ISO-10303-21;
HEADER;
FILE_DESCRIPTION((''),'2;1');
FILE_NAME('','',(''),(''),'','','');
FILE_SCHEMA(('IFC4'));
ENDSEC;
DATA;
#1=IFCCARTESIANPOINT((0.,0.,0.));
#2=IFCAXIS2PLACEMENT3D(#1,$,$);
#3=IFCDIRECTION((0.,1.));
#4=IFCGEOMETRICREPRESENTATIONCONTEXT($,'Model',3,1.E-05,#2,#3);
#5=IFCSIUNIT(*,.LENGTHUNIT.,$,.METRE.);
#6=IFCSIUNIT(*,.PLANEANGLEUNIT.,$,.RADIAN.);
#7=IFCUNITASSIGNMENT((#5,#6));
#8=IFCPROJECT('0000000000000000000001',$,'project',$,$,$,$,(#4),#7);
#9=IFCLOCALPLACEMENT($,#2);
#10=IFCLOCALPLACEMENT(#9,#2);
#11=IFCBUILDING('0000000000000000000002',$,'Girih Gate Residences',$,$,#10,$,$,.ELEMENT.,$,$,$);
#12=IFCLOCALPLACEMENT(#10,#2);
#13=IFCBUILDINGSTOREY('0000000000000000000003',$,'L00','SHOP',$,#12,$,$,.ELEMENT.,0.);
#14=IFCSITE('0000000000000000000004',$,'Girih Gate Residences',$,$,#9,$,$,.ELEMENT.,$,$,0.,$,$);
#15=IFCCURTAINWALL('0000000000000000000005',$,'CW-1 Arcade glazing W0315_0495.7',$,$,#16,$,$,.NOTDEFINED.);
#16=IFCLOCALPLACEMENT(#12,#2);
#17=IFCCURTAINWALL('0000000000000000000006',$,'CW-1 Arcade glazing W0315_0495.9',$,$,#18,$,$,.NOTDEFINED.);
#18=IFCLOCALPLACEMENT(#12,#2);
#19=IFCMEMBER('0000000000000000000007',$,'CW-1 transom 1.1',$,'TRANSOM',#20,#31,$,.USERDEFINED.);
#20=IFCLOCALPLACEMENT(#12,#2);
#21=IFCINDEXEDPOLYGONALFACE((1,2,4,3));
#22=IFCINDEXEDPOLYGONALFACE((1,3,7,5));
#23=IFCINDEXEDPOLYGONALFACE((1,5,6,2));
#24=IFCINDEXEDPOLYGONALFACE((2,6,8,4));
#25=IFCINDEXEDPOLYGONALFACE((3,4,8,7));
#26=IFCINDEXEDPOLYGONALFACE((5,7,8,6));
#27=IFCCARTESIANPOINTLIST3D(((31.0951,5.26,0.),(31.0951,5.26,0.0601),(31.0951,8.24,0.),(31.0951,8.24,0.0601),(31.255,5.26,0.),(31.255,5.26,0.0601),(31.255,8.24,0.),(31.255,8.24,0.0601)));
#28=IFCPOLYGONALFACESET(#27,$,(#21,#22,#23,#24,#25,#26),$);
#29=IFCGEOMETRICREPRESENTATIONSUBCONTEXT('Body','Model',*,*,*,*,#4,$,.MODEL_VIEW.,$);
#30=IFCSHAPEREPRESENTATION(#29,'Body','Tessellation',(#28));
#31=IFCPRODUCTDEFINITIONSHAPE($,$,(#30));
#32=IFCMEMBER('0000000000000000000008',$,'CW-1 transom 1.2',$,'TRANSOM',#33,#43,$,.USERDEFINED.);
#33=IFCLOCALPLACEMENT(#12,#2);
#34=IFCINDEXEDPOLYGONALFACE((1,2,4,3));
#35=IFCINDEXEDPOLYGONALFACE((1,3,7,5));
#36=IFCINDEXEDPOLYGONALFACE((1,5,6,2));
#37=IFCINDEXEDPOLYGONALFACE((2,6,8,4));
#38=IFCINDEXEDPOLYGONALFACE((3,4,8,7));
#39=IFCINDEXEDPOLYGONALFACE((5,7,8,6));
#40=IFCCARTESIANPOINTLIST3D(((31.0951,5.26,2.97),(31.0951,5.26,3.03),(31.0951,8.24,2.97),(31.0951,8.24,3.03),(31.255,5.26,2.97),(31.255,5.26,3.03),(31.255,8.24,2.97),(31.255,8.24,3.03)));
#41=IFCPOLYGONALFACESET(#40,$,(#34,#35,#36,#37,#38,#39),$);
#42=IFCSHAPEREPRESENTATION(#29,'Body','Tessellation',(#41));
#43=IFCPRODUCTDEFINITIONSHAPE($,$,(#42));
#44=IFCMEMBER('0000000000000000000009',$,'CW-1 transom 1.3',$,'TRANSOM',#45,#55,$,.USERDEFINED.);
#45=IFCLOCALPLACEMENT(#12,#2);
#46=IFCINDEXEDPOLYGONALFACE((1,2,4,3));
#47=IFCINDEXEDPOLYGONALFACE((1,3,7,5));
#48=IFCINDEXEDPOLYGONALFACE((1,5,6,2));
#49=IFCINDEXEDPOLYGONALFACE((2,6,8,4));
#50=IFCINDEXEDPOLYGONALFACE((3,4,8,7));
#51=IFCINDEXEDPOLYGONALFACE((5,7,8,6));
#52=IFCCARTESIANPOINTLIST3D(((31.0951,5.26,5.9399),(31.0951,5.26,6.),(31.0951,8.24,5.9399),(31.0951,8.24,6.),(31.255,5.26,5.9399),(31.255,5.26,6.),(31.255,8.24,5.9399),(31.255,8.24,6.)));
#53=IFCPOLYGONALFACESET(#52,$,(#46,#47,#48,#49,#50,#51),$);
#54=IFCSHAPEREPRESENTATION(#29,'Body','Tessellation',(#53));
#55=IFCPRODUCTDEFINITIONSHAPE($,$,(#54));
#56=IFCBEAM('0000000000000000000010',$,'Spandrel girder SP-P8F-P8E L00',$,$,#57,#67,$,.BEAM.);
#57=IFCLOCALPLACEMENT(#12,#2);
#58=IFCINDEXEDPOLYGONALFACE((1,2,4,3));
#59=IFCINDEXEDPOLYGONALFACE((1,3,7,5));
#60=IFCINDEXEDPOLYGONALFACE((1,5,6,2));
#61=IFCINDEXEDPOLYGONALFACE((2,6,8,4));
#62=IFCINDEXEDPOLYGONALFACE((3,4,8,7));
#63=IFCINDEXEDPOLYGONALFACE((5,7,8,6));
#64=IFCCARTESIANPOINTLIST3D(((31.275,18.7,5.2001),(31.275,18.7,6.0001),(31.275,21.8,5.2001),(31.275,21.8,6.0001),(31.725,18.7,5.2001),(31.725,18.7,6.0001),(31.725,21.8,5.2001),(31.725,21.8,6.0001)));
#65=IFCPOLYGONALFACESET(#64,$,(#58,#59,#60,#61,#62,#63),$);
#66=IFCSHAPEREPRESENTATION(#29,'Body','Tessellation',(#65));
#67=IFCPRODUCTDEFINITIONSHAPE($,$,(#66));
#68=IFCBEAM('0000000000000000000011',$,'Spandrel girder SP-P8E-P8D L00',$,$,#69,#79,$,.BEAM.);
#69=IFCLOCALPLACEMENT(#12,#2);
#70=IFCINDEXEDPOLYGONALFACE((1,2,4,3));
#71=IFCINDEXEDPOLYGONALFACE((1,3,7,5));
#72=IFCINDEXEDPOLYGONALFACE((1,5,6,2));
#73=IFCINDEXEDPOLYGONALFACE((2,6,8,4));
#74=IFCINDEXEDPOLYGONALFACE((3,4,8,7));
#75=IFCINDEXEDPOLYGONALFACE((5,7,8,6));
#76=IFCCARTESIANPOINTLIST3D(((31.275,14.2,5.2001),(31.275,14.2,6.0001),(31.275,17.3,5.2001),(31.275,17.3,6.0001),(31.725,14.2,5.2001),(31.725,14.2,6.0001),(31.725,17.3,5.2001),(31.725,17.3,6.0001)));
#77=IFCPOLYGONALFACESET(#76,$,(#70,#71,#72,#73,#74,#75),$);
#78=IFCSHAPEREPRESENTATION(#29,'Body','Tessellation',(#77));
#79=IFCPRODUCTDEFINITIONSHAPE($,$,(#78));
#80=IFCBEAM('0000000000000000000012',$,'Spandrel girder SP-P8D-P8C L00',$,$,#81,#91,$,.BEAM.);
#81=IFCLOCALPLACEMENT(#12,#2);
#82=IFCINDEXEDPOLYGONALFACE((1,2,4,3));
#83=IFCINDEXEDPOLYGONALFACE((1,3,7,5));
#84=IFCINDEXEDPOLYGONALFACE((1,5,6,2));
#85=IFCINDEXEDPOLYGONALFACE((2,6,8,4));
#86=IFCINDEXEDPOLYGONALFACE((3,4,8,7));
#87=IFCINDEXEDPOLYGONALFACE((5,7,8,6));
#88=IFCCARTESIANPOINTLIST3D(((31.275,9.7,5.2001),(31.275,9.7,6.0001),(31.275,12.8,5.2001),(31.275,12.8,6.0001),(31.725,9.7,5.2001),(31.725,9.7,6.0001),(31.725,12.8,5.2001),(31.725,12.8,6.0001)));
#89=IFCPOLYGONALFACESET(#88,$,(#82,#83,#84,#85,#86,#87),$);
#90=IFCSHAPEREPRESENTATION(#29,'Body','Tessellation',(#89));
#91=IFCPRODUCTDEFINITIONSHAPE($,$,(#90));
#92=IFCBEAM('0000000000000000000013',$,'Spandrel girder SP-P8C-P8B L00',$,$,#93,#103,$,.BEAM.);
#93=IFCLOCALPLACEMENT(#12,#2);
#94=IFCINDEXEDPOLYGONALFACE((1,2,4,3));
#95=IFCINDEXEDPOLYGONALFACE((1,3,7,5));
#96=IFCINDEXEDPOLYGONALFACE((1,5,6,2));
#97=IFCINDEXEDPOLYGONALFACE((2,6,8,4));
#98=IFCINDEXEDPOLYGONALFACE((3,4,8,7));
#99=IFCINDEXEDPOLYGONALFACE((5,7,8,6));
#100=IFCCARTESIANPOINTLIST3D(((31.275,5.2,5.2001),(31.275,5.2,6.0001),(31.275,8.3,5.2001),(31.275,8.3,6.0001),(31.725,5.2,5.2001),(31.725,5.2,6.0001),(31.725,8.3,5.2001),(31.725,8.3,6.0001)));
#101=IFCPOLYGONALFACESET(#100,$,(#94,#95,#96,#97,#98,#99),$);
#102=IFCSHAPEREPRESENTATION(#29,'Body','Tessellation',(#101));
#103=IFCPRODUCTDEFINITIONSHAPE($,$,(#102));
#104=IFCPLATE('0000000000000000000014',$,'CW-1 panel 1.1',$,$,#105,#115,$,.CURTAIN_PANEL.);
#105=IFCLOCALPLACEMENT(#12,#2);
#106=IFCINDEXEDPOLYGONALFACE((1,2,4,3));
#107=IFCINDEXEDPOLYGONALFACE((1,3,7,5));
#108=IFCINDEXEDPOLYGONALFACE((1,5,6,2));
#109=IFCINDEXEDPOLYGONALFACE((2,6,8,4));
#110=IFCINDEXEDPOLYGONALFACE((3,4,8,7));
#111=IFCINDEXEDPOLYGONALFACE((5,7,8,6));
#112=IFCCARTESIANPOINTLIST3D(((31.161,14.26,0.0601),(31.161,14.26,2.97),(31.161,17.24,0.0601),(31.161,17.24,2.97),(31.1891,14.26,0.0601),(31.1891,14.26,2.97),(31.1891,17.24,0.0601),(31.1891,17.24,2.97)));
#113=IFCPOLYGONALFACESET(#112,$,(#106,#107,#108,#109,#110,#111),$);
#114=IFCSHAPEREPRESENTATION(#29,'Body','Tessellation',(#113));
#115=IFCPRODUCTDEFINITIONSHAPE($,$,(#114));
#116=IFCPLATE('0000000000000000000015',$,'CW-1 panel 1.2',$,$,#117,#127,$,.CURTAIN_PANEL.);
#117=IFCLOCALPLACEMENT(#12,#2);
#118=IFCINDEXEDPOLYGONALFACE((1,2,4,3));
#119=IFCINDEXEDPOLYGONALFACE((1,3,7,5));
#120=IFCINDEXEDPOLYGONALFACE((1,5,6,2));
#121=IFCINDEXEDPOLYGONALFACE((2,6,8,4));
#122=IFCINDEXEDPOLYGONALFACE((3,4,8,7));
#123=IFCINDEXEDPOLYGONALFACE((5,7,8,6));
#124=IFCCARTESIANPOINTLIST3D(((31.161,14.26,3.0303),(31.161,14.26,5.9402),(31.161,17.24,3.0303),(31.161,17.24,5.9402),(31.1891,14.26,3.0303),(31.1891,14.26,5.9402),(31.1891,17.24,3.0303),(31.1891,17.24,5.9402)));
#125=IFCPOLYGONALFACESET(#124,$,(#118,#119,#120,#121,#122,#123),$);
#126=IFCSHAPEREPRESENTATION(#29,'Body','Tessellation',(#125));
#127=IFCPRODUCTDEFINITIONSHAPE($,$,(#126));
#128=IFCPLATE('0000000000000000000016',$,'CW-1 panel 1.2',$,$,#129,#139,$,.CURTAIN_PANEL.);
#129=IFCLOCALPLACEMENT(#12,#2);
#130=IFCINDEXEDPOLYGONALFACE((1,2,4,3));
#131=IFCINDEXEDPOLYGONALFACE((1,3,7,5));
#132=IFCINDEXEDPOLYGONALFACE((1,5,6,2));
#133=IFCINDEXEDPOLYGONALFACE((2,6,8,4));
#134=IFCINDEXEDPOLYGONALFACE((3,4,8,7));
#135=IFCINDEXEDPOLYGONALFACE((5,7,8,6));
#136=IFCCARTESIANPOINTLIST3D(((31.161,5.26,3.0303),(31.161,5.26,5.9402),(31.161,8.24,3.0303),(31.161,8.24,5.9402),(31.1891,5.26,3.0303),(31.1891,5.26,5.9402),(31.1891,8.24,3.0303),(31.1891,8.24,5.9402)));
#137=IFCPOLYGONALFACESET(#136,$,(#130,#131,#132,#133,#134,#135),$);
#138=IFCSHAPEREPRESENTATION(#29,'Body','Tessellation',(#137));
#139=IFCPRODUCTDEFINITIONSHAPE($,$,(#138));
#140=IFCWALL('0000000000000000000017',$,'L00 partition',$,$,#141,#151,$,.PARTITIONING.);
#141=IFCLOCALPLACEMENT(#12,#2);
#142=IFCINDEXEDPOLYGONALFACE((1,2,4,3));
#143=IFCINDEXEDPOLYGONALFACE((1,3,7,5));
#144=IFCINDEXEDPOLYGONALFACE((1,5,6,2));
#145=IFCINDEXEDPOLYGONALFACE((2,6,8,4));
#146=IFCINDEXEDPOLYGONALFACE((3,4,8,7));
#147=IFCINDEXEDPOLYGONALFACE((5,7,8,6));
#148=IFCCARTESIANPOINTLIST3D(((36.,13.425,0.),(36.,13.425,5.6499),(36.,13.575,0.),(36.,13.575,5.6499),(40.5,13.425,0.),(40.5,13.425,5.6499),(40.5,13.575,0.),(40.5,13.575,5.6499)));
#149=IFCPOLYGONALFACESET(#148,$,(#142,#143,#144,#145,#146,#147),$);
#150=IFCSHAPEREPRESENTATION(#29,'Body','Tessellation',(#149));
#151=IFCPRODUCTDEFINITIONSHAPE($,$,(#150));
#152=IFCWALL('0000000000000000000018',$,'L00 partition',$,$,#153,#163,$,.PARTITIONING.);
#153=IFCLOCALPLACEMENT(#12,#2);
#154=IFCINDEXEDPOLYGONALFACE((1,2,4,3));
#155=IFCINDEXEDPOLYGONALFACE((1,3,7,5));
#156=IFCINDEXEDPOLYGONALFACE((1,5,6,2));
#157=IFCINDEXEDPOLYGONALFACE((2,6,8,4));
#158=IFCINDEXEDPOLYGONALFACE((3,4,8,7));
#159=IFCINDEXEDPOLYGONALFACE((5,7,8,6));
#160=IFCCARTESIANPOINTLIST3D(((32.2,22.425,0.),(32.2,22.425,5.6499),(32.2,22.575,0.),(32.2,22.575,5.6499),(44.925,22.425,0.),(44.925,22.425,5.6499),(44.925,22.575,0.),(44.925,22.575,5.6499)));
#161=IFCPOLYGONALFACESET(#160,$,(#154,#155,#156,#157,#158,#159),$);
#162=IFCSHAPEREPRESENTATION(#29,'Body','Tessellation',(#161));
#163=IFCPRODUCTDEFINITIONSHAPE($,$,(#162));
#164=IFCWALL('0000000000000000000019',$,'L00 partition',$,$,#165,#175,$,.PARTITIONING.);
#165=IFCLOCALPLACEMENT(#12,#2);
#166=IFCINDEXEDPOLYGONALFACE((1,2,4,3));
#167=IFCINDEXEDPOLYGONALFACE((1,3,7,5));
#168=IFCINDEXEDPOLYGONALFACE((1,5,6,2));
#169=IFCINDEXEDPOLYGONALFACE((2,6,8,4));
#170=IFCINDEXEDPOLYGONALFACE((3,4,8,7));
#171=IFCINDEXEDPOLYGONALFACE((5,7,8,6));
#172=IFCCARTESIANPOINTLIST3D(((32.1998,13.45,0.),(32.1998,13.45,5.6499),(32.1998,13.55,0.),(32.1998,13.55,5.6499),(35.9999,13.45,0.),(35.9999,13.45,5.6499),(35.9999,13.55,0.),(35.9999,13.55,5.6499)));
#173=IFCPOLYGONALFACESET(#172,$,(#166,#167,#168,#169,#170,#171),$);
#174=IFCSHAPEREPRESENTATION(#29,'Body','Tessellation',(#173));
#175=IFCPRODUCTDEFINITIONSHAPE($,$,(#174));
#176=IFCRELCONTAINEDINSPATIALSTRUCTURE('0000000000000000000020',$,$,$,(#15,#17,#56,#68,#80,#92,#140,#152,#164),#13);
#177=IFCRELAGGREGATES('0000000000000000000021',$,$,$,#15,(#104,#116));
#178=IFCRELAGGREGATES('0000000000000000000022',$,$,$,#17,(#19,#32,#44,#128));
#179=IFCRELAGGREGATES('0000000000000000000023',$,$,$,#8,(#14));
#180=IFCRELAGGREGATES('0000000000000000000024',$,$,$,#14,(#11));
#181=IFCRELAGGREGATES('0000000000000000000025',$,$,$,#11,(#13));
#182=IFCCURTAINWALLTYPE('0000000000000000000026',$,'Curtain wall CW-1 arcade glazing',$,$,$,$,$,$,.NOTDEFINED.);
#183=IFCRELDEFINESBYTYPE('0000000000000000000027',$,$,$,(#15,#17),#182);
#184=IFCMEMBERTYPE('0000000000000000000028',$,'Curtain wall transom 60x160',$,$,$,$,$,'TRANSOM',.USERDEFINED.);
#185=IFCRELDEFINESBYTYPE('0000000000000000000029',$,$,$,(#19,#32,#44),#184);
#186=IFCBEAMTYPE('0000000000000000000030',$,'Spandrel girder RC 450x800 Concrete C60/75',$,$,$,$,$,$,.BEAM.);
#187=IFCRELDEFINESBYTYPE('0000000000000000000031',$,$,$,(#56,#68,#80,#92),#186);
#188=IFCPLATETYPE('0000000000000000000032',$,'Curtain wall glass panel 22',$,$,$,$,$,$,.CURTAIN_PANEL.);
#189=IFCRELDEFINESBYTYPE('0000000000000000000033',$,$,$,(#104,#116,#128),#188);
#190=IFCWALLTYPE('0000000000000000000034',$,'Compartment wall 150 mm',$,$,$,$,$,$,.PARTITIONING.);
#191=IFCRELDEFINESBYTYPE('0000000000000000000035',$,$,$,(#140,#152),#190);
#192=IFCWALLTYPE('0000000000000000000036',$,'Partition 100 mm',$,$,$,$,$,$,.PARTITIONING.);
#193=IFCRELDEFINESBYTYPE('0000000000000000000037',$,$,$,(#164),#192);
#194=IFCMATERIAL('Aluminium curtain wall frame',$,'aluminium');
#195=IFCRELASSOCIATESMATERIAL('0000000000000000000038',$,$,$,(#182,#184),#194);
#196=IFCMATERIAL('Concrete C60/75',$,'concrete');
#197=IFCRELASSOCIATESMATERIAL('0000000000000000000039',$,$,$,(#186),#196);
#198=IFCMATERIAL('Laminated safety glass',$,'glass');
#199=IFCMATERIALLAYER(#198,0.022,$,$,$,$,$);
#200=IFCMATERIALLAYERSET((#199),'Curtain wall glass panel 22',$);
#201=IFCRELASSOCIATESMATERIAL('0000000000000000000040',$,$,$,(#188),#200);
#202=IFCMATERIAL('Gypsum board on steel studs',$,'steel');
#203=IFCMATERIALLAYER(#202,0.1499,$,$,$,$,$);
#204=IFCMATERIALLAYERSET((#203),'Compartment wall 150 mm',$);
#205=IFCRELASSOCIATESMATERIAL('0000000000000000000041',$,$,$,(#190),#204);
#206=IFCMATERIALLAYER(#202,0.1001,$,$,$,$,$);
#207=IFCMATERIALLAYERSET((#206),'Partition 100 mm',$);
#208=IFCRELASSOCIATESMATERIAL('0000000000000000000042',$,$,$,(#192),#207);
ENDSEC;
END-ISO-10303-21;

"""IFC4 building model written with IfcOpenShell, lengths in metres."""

from ifc_helpers import new_model, si_unit, direction, frame, frame_2d, origin, origin_2d, place, context, subcontext, project, spatial, rectangle, extrude, material, layer, layer_set, material_profile, profile_set, type_object, element, aggregate, save


model = new_model("IFC4")

# Units and contexts
model_context = context("Model", 3, precision=1e-05, world=origin(), true_north=direction((0.0, 1.0)))
body_context = subcontext(model_context, "Body", "Model", "MODEL_VIEW")
ifc_project = project(units=[si_unit("LENGTHUNIT", "METRE"), si_unit("PLANEANGLEUNIT", "RADIAN")], contexts=[model_context])

# Site, building, storey
site_placement = place(None, origin())
site = spatial("IfcSite", under=ifc_project, at=site_placement, Name="Girih Gate Residences", CompositionType="ELEMENT", RefElevation=0.0)
building_placement = place(site_placement, origin())
building = spatial("IfcBuilding", under=site, at=building_placement, Name="Girih Gate Residences", CompositionType="ELEMENT")
storey_placement = place(building_placement, origin())
storey = spatial("IfcBuildingStorey", under=building, at=storey_placement, Name="L00", Description="SHOP", CompositionType="ELEMENT", Elevation=0.0)

# Curtain wall
ifc_material_1 = material(Name="Aluminium curtain wall frame", Category="aluminium")
curtain_wall_type = type_object("IfcCurtainWallType", Name="Curtain wall CW-1 arcade glazing", PredefinedType="NOTDEFINED", material=ifc_material_1)
curtain_wall_1_placement = place(storey_placement, origin())
curtain_wall_1 = element("IfcCurtainWall", 1, at=curtain_wall_1_placement, inside=storey, type_object=curtain_wall_type, Name="CW-1 Arcade glazing W0315_0495.7", PredefinedType="NOTDEFINED")

# Curtain wall
curtain_wall_2_placement = place(storey_placement, origin())
curtain_wall_2 = element("IfcCurtainWall", 2, at=curtain_wall_2_placement, inside=storey, type_object=curtain_wall_type, Name="CW-1 Arcade glazing W0315_0495.9", PredefinedType="NOTDEFINED")

# Members
ifc_material_profile_1 = material_profile(ifc_material_1, rectangle(XDim=0.1599, YDim=0.0601, at=origin_2d()))
ifc_profile_set_1 = profile_set([ifc_material_profile_1], Name="Aluminium curtain wall frame")
member_type_1 = type_object("IfcMemberType", Name="Curtain wall transom 60x160", ElementType="TRANSOM", PredefinedType="USERDEFINED", material=ifc_profile_set_1)
member_1_placement = place(storey_placement, frame((31.175, 8.24, 0.03), z_axis=(0.0, -1.0, 0.0), x_axis=(1.0, 0.0, 0.0)))
member_1 = element("IfcMember", 3, at=member_1_placement, type_object=member_type_1, Name="CW-1 transom 1.1", ObjectType="TRANSOM", PredefinedType="USERDEFINED", context=body_context, shape_type="SweptSolid", body=[
    extrude(rectangle(XDim=0.1599, YDim=0.0601, at=origin_2d()), origin(), (0.0, 0.0, 1.0), 2.98),
])
member_2_placement = place(storey_placement, frame((31.175, 8.24, 3.0), z_axis=(0.0, -1.0, 0.0), x_axis=(1.0, 0.0, 0.0)))
member_2 = element("IfcMember", 4, at=member_2_placement, type_object=member_type_1, Name="CW-1 transom 1.2", ObjectType="TRANSOM", PredefinedType="USERDEFINED", context=body_context, shape_type="SweptSolid", body=[
    extrude(rectangle(XDim=0.1599, YDim=0.0601, at=origin_2d()), origin(), (0.0, 0.0, 1.0), 2.98),
])
member_3_placement = place(storey_placement, frame((31.175, 8.24, 5.97), z_axis=(0.0, -1.0, 0.0), x_axis=(1.0, 0.0, 0.0)))
member_3 = element("IfcMember", 5, at=member_3_placement, type_object=member_type_1, Name="CW-1 transom 1.3", ObjectType="TRANSOM", PredefinedType="USERDEFINED", context=body_context, shape_type="SweptSolid", body=[
    extrude(rectangle(XDim=0.1599, YDim=0.0601, at=origin_2d()), origin(), (0.0, 0.0, 1.0), 2.98),
])

# Beams
ifc_material_2 = material(Name="Concrete C60/75", Category="concrete")
ifc_material_profile_2 = material_profile(ifc_material_2, rectangle(XDim=0.45, YDim=0.8, at=origin_2d()))
ifc_profile_set_2 = profile_set([ifc_material_profile_2], Name="Concrete C60/75")
beam_type = type_object("IfcBeamType", Name="Spandrel girder RC 450x800 Concrete C60/75", PredefinedType="BEAM", material=ifc_profile_set_2)
for number, where, z_axis, x_axis, name in (
    (6, (31.5, 21.8, 5.6001), (0.0, -1.0, 0.0), (1.0, 0.0, 0.0), "Spandrel girder SP-P8F-P8E L00"),
    (7, (31.5, 17.3, 5.6001), (0.0, -1.0, 0.0), (1.0, 0.0, 0.0), "Spandrel girder SP-P8E-P8D L00"),
    (8, (31.5, 12.8, 5.6001), (0.0, -1.0, 0.0), (1.0, 0.0, 0.0), "Spandrel girder SP-P8D-P8C L00"),
    (9, (31.5, 8.3, 5.6001), (0.0, -1.0, 0.0), (1.0, 0.0, 0.0), "Spandrel girder SP-P8C-P8B L00"),
):
    element("IfcBeam", number, at=place(storey_placement, frame(where, z_axis=z_axis, x_axis=x_axis)), inside=storey, type_object=beam_type, Name=name, PredefinedType="BEAM", context=body_context, shape_type="SweptSolid", body=[
        extrude(rectangle(XDim=0.45, YDim=0.8, at=origin_2d()), origin(), (0.0, 0.0, 1.0), 3.1001),
    ])

# Plates
ifc_material_3 = material(Name="Laminated safety glass", Category="glass")
ifc_layer_1 = layer(ifc_material_3, 0.022)
ifc_layer_set_1 = layer_set([ifc_layer_1], Name="Curtain wall glass panel 22")
plate_type = type_object("IfcPlateType", Name="Curtain wall glass panel 22", PredefinedType="CURTAIN_PANEL", material=ifc_layer_set_1)
plate_1_placement = place(storey_placement, frame((31.175, 15.75, 0.0601), z_axis=(0.0, 0.0, 1.0), x_axis=(0.0, -1.0, 0.0)))
plate_1 = element("IfcPlate", 10, at=plate_1_placement, type_object=plate_type, Name="CW-1 panel 1.1", PredefinedType="CURTAIN_PANEL", context=body_context, shape_type="SweptSolid", body=[
    extrude(rectangle(XDim=2.98, YDim=0.0281, at=origin_2d()), origin(), (0.0, 0.0, 1.0), 2.9099),
])
plate_2_placement = place(storey_placement, frame((31.175, 15.75, 3.0303), z_axis=(0.0, 0.0, 1.0), x_axis=(0.0, -1.0, 0.0)))
plate_2 = element("IfcPlate", 11, at=plate_2_placement, type_object=plate_type, Name="CW-1 panel 1.2", PredefinedType="CURTAIN_PANEL", context=body_context, shape_type="SweptSolid", body=[
    extrude(rectangle(XDim=2.98, YDim=0.0281, at=origin_2d()), origin(), (0.0, 0.0, 1.0), 2.9099),
])
aggregate(curtain_wall_1, [plate_1, plate_2])
plate_3_placement = place(storey_placement, frame((31.175, 6.75, 3.0303), z_axis=(0.0, 0.0, 1.0), x_axis=(0.0, -1.0, 0.0)))
plate_3 = element("IfcPlate", 12, at=plate_3_placement, type_object=plate_type, Name="CW-1 panel 1.2", PredefinedType="CURTAIN_PANEL", context=body_context, shape_type="SweptSolid", body=[
    extrude(rectangle(XDim=2.98, YDim=0.0281, at=origin_2d()), origin(), (0.0, 0.0, 1.0), 2.9099),
])
aggregate(curtain_wall_2, [member_1, member_2, member_3, plate_3])

# Walls
ifc_material_4 = material(Name="Gypsum board on steel studs", Category="steel")
ifc_layer_2 = layer(ifc_material_4, 0.1499)
ifc_layer_set_2 = layer_set([ifc_layer_2], Name="Compartment wall 150 mm")
wall_type_1 = type_object("IfcWallType", Name="Compartment wall 150 mm", PredefinedType="PARTITIONING", material=ifc_layer_set_2)
wall_1_placement = place(storey_placement, frame((36.0, 13.5, 0.0), z_axis=(0.0, 0.0, 1.0), x_axis=(1.0, 0.0, 0.0)))
element("IfcWall", 13, at=wall_1_placement, inside=storey, type_object=wall_type_1, Name="L00 partition", PredefinedType="PARTITIONING", context=body_context, shape_type="SweptSolid", body=[
    extrude(rectangle(XDim=4.5, YDim=0.1499, at=frame_2d((2.25, 0.0))), origin(), (0.0, 0.0, 1.0), 5.6499),
])
wall_2_placement = place(storey_placement, frame((32.2, 22.5, 0.0), z_axis=(0.0, 0.0, 1.0), x_axis=(1.0, 0.0, 0.0)))
element("IfcWall", 14, at=wall_2_placement, inside=storey, type_object=wall_type_1, Name="L00 partition", PredefinedType="PARTITIONING", context=body_context, shape_type="SweptSolid", body=[
    extrude(rectangle(XDim=12.7251, YDim=0.1499, at=frame_2d((6.3625, 0.0))), origin(), (0.0, 0.0, 1.0), 5.6499),
])
ifc_layer_3 = layer(ifc_material_4, 0.1001)
ifc_layer_set_3 = layer_set([ifc_layer_3], Name="Partition 100 mm")
wall_type_2 = type_object("IfcWallType", Name="Partition 100 mm", PredefinedType="PARTITIONING", material=ifc_layer_set_3)
wall_3_placement = place(storey_placement, frame((32.2, 13.5, 0.0), z_axis=(0.0, 0.0, 1.0), x_axis=(1.0, 0.0, 0.0)))
element("IfcWall", 15, at=wall_3_placement, inside=storey, type_object=wall_type_2, Name="L00 partition", PredefinedType="PARTITIONING", context=body_context, shape_type="SweptSolid", body=[
    extrude(rectangle(XDim=3.8, YDim=0.1001, at=frame_2d((1.8999, 0.0))), origin(), (0.0, 0.0, 1.0), 5.6499),
])

save(model, "model.ifc")
